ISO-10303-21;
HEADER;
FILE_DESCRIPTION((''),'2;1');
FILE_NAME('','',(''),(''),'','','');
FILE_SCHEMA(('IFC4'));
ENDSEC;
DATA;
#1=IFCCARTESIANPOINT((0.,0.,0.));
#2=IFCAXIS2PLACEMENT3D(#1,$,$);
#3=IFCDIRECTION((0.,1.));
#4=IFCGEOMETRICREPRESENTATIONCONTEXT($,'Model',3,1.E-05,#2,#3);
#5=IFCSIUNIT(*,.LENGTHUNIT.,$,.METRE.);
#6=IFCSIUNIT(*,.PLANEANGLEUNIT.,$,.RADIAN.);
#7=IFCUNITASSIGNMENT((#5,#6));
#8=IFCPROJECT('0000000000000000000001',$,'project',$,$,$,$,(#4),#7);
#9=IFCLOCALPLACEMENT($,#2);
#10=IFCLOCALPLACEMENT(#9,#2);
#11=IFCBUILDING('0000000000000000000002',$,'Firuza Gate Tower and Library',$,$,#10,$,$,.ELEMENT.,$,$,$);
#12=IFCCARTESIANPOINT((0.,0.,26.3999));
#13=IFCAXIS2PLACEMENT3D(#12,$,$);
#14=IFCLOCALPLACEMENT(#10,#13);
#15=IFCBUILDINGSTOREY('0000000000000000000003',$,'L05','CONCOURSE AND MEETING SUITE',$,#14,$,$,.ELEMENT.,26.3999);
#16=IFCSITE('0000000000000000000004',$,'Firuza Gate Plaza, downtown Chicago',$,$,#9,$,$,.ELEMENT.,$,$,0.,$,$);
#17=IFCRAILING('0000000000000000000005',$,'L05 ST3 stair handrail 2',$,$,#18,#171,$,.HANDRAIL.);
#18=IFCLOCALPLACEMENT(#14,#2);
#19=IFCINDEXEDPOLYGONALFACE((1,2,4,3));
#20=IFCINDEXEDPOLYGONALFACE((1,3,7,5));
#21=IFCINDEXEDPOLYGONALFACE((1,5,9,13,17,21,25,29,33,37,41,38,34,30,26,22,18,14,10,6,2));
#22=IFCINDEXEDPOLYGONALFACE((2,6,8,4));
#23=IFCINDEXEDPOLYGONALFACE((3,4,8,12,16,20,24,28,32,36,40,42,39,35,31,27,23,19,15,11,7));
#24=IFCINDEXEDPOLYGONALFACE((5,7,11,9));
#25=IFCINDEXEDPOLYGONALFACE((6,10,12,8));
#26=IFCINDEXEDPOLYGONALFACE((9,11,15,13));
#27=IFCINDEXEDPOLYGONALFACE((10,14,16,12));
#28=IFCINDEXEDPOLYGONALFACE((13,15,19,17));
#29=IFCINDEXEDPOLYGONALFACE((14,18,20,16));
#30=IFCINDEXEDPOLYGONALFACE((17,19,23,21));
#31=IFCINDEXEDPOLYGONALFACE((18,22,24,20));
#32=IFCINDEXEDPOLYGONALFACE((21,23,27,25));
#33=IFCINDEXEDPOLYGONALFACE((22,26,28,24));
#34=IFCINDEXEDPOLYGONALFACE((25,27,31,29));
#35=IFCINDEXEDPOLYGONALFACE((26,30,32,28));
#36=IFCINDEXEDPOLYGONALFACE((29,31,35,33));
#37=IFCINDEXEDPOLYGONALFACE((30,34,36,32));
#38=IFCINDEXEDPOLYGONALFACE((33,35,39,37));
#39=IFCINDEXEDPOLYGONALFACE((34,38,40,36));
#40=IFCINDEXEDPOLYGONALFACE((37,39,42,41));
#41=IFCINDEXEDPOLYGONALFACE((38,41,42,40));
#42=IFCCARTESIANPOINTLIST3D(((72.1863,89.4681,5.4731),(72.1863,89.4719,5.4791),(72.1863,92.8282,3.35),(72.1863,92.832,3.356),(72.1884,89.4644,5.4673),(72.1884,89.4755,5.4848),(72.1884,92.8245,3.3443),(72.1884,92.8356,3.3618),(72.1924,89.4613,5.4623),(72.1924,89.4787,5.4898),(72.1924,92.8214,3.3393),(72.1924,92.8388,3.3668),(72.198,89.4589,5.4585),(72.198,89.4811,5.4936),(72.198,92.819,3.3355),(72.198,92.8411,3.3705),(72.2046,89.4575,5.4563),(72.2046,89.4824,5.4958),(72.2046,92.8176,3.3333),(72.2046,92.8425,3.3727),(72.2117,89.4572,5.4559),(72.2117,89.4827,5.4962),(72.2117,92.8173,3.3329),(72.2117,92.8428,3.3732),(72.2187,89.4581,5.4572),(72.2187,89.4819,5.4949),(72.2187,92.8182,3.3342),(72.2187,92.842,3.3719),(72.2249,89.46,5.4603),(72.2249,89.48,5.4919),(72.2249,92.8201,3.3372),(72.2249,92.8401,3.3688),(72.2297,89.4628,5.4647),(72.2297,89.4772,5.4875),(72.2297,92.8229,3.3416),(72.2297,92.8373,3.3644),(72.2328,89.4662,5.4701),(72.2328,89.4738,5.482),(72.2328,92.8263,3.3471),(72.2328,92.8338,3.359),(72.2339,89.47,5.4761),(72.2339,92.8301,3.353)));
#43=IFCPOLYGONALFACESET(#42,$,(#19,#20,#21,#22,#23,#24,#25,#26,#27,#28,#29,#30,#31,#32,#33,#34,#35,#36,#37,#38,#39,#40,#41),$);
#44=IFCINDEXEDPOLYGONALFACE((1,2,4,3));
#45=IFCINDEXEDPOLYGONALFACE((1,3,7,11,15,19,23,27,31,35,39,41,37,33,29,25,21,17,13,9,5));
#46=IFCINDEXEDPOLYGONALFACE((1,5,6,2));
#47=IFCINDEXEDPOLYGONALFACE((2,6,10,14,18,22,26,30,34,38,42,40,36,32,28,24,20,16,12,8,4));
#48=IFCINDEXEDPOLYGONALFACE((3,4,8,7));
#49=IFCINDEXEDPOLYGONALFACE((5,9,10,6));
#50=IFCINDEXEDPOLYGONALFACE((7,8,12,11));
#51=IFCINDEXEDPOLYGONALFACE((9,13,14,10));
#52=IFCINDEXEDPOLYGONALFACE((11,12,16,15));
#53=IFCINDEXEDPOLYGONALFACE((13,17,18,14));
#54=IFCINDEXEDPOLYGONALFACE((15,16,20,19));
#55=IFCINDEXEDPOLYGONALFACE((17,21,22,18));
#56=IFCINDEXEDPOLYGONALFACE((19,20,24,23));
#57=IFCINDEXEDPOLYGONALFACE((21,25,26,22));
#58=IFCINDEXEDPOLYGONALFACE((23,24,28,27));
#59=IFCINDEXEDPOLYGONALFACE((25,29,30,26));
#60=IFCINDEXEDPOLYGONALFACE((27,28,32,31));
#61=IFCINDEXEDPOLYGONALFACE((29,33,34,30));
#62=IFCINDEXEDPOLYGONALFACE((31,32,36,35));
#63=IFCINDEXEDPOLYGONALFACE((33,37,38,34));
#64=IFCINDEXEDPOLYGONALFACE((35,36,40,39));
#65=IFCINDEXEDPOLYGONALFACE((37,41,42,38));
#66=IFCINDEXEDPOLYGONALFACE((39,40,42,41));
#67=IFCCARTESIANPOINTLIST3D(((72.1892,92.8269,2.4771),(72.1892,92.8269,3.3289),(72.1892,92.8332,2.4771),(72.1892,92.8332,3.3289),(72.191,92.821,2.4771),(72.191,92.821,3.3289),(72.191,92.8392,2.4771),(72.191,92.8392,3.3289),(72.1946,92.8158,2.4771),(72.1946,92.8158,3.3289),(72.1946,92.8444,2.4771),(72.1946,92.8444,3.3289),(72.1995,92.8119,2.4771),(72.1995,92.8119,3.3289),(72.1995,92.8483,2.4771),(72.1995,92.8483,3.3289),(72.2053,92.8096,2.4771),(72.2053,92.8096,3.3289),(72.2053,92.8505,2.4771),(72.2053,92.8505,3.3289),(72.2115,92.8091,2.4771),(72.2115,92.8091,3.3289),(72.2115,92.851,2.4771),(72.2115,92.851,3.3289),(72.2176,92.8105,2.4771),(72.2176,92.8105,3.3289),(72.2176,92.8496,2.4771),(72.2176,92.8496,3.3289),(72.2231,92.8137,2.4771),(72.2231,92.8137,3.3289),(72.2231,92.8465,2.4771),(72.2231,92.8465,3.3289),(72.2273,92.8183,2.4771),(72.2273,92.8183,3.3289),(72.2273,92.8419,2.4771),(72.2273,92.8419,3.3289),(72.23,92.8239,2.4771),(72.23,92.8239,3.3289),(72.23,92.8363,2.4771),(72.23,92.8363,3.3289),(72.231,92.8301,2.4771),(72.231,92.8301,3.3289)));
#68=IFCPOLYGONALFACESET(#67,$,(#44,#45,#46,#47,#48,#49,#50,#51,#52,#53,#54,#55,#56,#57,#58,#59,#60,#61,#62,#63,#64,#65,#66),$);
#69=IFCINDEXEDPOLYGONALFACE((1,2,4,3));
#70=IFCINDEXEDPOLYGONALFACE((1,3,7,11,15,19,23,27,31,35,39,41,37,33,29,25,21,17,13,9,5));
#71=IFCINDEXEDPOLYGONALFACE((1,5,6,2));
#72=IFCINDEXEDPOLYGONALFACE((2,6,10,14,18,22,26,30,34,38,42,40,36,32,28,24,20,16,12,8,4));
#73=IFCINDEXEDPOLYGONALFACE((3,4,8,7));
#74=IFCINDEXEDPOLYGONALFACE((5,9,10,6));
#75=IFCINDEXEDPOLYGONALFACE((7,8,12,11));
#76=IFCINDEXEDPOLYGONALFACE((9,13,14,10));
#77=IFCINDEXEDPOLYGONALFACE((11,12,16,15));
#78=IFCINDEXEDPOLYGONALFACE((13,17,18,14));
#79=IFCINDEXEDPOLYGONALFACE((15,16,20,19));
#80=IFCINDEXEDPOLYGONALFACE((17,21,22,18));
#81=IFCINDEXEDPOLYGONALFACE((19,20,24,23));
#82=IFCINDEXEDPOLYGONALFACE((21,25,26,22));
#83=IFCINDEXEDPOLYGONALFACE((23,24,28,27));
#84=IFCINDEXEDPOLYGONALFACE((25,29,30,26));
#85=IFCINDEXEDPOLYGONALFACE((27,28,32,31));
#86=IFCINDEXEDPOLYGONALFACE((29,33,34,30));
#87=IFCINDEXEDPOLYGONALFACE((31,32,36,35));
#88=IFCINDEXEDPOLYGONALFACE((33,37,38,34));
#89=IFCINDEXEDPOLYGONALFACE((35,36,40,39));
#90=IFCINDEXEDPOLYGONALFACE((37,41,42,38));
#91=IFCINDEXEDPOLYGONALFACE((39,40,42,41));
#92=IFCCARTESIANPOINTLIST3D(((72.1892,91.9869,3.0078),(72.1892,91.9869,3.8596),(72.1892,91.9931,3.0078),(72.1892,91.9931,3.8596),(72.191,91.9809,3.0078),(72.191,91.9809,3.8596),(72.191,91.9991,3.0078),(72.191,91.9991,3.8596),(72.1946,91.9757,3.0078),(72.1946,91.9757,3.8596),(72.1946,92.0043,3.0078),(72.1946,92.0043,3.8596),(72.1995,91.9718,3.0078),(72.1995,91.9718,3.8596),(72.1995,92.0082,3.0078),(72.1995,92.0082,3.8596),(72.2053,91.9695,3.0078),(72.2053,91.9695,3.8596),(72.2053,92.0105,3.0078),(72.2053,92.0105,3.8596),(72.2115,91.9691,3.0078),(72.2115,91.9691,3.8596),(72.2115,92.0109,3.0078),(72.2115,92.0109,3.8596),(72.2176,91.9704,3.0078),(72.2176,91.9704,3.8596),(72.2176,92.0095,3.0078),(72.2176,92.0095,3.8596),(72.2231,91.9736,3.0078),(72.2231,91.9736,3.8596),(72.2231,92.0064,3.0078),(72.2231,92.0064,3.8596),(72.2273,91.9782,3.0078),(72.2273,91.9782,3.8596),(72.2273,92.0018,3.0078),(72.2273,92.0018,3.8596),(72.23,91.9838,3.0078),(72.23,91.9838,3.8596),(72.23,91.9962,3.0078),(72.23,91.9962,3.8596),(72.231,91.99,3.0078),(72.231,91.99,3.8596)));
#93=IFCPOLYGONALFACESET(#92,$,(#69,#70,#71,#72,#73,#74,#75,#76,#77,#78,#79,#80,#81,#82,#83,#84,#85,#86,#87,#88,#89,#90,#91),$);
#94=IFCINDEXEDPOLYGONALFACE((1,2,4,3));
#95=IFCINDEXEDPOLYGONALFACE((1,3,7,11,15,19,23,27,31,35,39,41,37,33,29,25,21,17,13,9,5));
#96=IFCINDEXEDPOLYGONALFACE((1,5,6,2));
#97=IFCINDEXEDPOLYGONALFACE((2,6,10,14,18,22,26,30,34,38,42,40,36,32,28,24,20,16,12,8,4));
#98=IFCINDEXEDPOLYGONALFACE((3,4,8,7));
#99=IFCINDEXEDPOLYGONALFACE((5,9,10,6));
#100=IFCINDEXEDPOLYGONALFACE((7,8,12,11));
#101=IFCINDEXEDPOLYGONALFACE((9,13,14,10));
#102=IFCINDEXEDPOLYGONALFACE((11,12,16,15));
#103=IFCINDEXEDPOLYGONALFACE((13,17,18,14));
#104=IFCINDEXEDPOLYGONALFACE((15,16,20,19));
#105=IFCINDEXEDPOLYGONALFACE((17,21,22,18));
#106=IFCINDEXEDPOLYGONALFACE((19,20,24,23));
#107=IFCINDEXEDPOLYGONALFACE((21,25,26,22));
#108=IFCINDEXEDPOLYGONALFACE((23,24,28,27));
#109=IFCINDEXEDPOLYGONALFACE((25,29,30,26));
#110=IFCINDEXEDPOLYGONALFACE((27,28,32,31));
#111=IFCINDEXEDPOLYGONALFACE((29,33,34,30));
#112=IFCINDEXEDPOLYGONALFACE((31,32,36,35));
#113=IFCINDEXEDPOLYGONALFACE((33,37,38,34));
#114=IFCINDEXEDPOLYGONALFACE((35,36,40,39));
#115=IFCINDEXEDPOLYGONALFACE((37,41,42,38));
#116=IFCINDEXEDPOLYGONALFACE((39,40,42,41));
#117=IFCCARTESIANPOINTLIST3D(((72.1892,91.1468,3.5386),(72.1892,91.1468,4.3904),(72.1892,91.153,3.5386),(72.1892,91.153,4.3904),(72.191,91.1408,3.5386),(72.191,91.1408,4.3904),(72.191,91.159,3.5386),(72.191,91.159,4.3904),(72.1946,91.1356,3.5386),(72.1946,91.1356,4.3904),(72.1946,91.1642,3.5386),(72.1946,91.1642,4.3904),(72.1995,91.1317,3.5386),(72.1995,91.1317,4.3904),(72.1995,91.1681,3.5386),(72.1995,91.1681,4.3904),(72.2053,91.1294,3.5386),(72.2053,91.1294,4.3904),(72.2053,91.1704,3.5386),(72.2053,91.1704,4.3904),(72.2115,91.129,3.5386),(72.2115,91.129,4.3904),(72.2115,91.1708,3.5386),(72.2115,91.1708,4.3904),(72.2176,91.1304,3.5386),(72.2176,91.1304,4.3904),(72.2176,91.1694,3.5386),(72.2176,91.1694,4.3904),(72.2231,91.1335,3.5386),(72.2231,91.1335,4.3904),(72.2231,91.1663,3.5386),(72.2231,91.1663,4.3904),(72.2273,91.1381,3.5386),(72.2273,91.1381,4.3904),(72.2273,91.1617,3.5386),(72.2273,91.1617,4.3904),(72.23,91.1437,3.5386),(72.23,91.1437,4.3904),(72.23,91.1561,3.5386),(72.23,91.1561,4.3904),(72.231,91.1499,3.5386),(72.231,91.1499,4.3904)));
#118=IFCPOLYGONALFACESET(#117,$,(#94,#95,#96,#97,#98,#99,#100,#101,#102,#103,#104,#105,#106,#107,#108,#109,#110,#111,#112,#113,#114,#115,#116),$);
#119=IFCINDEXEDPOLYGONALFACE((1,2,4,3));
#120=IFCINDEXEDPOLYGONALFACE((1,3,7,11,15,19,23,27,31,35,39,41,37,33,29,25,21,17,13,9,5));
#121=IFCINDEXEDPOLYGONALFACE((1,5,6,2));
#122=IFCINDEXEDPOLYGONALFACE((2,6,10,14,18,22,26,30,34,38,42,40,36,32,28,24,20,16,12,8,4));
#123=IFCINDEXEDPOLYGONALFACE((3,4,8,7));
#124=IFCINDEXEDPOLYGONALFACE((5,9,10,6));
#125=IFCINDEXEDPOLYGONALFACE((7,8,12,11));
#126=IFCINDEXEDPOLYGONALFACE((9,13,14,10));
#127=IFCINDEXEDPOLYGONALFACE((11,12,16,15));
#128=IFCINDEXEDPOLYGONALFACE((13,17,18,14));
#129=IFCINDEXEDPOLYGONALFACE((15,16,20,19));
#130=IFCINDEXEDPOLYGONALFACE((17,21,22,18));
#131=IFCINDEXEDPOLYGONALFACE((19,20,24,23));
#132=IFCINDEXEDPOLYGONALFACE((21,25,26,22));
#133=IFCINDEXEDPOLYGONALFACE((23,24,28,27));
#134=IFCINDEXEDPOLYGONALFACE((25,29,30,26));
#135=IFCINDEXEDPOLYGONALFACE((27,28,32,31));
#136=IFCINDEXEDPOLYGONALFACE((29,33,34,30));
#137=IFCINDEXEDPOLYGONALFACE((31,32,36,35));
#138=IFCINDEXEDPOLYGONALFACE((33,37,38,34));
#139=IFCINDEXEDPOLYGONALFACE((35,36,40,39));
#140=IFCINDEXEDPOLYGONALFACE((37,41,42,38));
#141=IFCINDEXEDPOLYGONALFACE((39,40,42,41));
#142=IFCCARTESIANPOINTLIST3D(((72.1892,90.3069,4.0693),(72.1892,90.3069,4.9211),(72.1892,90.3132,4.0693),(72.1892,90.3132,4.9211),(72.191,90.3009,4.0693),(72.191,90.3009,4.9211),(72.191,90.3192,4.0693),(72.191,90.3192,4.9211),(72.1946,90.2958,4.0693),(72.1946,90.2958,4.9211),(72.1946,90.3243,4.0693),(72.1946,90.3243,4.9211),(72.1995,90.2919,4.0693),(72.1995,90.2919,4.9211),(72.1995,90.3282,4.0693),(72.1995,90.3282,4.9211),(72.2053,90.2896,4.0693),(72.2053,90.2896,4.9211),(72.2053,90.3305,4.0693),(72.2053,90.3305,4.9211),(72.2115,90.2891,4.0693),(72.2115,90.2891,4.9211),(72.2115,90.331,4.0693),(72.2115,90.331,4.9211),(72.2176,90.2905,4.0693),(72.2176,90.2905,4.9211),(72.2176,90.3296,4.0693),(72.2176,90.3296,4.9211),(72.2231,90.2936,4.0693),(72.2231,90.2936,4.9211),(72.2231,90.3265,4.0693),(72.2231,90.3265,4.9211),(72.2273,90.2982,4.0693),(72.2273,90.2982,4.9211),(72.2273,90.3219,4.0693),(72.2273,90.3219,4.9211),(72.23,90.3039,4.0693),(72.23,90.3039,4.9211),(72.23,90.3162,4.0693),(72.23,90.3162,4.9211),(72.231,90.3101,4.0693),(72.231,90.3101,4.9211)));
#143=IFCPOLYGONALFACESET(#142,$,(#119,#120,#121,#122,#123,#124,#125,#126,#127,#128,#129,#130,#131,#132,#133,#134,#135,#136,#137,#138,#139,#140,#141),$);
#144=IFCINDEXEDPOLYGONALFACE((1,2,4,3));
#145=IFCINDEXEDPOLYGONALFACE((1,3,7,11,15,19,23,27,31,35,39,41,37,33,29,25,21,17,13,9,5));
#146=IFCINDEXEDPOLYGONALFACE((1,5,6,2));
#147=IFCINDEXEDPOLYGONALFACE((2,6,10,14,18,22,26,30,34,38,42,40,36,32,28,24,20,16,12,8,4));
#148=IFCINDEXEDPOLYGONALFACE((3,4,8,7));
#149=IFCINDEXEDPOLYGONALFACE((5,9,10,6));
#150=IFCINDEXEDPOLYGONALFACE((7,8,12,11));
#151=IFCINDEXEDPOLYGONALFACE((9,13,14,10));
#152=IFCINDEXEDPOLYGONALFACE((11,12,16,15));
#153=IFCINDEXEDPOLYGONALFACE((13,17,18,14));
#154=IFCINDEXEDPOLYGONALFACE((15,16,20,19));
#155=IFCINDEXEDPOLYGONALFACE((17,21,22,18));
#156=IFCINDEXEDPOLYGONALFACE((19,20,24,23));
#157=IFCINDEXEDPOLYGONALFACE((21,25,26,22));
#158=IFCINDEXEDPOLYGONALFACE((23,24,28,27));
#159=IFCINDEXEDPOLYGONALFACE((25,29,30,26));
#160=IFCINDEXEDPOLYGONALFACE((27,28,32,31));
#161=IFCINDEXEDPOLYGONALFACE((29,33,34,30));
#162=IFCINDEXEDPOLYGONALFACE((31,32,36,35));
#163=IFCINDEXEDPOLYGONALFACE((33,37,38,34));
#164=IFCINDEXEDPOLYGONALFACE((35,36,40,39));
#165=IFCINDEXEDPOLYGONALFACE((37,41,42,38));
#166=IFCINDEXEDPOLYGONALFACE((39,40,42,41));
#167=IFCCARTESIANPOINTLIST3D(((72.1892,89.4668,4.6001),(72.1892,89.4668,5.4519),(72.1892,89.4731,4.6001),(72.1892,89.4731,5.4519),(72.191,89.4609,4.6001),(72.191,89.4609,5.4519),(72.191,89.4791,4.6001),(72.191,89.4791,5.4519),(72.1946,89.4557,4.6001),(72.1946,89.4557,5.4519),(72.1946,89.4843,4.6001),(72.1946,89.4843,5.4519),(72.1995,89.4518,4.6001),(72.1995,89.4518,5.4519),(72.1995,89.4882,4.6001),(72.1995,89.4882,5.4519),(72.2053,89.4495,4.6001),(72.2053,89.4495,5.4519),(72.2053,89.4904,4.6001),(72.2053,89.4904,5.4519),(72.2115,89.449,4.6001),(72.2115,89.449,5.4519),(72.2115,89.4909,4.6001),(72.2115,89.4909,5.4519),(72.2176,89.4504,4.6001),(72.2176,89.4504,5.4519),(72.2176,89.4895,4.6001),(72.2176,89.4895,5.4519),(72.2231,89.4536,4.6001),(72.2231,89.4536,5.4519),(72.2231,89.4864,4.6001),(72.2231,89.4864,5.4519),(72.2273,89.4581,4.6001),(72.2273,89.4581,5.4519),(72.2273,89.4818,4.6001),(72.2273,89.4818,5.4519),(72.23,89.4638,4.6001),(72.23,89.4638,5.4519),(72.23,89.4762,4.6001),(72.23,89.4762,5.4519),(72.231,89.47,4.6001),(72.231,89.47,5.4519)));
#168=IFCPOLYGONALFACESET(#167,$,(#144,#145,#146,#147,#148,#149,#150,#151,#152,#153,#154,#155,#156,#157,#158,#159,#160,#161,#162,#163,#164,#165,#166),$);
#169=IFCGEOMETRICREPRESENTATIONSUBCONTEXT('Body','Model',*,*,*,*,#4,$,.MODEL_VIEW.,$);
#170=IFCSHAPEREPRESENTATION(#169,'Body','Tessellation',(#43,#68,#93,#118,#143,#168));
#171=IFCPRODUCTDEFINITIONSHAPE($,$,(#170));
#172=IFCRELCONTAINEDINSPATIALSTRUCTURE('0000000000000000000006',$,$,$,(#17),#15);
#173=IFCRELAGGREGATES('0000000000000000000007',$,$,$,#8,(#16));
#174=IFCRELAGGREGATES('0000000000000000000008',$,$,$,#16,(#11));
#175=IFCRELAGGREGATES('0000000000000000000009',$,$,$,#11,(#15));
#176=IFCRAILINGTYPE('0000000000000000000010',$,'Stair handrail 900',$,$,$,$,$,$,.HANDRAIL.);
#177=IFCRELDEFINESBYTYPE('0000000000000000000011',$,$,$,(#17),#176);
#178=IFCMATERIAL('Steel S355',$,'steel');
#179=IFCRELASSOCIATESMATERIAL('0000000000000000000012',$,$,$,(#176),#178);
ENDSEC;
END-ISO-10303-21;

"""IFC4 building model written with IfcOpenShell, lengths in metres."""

from ifc_helpers import new_model, si_unit, direction, frame, origin, origin_2d, place, context, subcontext, project, spatial, circle, extrude, material, type_object, element, save


model = new_model("IFC4")

# Units and contexts
model_context = context("Model", 3, precision=1e-05, world=origin(), true_north=direction((0.0, 1.0)))
body_context = subcontext(model_context, "Body", "Model", "MODEL_VIEW")
ifc_project = project(units=[si_unit("LENGTHUNIT", "METRE"), si_unit("PLANEANGLEUNIT", "RADIAN")], contexts=[model_context])

# Site, building, storey
site_placement = place(None, origin())
site = spatial("IfcSite", under=ifc_project, at=site_placement, Name="Firuza Gate Plaza, downtown Chicago", CompositionType="ELEMENT", RefElevation=0.0)
building_placement = place(site_placement, origin())
building = spatial("IfcBuilding", under=site, at=building_placement, Name="Firuza Gate Tower and Library", CompositionType="ELEMENT")
storey_placement = place(building_placement, frame((0.0, 0.0, 26.3999)))
storey = spatial("IfcBuildingStorey", under=building, at=storey_placement, Name="L05", Description="CONCOURSE AND MEETING SUITE", CompositionType="ELEMENT", Elevation=26.3999)

# Railing
ifc_material_1 = material(Name="Steel S355", Category="steel")
railing_type_1 = type_object("IfcRailingType", Name="Stair handrail 900", PredefinedType="HANDRAIL", material=ifc_material_1)
railing_1_placement = place(storey_placement, frame((72.21, 92.8301, 2.4771)))
element("IfcRailing", 1, at=railing_1_placement, inside=storey, type_object=railing_type_1, Name="L05 ST3 stair handrail 2", PredefinedType="HANDRAIL", context=body_context, shape_type="SweptSolid", body=[
    extrude(circle(Radius=0.0239, at=origin_2d()), frame((0.0, 0.0, 0.876), z_axis=(0.0, -0.84539, 0.53415), x_axis=(1.0, 0.0, 0.0)), (0.0, 0.0, 1.0), 3.9746),
    extrude(circle(Radius=0.021, at=origin_2d()), origin(), (0.0, 0.0, 1.0), 0.8518),
    extrude(circle(Radius=0.021, at=origin_2d()), frame((0.0, -0.8401, 0.5308)), (0.0, 0.0, 1.0), 0.8518),
    extrude(circle(Radius=0.021, at=origin_2d()), frame((0.0, -1.6802, 1.0615)), (0.0, 0.0, 1.0), 0.8518),
    extrude(circle(Radius=0.021, at=origin_2d()), frame((0.0, -2.52, 1.5923)), (0.0, 0.0, 1.0), 0.8518),
    extrude(circle(Radius=0.021, at=origin_2d()), frame((0.0, -3.3601, 2.123)), (0.0, 0.0, 1.0), 0.8518),
])

save(model, "model.ifc")
